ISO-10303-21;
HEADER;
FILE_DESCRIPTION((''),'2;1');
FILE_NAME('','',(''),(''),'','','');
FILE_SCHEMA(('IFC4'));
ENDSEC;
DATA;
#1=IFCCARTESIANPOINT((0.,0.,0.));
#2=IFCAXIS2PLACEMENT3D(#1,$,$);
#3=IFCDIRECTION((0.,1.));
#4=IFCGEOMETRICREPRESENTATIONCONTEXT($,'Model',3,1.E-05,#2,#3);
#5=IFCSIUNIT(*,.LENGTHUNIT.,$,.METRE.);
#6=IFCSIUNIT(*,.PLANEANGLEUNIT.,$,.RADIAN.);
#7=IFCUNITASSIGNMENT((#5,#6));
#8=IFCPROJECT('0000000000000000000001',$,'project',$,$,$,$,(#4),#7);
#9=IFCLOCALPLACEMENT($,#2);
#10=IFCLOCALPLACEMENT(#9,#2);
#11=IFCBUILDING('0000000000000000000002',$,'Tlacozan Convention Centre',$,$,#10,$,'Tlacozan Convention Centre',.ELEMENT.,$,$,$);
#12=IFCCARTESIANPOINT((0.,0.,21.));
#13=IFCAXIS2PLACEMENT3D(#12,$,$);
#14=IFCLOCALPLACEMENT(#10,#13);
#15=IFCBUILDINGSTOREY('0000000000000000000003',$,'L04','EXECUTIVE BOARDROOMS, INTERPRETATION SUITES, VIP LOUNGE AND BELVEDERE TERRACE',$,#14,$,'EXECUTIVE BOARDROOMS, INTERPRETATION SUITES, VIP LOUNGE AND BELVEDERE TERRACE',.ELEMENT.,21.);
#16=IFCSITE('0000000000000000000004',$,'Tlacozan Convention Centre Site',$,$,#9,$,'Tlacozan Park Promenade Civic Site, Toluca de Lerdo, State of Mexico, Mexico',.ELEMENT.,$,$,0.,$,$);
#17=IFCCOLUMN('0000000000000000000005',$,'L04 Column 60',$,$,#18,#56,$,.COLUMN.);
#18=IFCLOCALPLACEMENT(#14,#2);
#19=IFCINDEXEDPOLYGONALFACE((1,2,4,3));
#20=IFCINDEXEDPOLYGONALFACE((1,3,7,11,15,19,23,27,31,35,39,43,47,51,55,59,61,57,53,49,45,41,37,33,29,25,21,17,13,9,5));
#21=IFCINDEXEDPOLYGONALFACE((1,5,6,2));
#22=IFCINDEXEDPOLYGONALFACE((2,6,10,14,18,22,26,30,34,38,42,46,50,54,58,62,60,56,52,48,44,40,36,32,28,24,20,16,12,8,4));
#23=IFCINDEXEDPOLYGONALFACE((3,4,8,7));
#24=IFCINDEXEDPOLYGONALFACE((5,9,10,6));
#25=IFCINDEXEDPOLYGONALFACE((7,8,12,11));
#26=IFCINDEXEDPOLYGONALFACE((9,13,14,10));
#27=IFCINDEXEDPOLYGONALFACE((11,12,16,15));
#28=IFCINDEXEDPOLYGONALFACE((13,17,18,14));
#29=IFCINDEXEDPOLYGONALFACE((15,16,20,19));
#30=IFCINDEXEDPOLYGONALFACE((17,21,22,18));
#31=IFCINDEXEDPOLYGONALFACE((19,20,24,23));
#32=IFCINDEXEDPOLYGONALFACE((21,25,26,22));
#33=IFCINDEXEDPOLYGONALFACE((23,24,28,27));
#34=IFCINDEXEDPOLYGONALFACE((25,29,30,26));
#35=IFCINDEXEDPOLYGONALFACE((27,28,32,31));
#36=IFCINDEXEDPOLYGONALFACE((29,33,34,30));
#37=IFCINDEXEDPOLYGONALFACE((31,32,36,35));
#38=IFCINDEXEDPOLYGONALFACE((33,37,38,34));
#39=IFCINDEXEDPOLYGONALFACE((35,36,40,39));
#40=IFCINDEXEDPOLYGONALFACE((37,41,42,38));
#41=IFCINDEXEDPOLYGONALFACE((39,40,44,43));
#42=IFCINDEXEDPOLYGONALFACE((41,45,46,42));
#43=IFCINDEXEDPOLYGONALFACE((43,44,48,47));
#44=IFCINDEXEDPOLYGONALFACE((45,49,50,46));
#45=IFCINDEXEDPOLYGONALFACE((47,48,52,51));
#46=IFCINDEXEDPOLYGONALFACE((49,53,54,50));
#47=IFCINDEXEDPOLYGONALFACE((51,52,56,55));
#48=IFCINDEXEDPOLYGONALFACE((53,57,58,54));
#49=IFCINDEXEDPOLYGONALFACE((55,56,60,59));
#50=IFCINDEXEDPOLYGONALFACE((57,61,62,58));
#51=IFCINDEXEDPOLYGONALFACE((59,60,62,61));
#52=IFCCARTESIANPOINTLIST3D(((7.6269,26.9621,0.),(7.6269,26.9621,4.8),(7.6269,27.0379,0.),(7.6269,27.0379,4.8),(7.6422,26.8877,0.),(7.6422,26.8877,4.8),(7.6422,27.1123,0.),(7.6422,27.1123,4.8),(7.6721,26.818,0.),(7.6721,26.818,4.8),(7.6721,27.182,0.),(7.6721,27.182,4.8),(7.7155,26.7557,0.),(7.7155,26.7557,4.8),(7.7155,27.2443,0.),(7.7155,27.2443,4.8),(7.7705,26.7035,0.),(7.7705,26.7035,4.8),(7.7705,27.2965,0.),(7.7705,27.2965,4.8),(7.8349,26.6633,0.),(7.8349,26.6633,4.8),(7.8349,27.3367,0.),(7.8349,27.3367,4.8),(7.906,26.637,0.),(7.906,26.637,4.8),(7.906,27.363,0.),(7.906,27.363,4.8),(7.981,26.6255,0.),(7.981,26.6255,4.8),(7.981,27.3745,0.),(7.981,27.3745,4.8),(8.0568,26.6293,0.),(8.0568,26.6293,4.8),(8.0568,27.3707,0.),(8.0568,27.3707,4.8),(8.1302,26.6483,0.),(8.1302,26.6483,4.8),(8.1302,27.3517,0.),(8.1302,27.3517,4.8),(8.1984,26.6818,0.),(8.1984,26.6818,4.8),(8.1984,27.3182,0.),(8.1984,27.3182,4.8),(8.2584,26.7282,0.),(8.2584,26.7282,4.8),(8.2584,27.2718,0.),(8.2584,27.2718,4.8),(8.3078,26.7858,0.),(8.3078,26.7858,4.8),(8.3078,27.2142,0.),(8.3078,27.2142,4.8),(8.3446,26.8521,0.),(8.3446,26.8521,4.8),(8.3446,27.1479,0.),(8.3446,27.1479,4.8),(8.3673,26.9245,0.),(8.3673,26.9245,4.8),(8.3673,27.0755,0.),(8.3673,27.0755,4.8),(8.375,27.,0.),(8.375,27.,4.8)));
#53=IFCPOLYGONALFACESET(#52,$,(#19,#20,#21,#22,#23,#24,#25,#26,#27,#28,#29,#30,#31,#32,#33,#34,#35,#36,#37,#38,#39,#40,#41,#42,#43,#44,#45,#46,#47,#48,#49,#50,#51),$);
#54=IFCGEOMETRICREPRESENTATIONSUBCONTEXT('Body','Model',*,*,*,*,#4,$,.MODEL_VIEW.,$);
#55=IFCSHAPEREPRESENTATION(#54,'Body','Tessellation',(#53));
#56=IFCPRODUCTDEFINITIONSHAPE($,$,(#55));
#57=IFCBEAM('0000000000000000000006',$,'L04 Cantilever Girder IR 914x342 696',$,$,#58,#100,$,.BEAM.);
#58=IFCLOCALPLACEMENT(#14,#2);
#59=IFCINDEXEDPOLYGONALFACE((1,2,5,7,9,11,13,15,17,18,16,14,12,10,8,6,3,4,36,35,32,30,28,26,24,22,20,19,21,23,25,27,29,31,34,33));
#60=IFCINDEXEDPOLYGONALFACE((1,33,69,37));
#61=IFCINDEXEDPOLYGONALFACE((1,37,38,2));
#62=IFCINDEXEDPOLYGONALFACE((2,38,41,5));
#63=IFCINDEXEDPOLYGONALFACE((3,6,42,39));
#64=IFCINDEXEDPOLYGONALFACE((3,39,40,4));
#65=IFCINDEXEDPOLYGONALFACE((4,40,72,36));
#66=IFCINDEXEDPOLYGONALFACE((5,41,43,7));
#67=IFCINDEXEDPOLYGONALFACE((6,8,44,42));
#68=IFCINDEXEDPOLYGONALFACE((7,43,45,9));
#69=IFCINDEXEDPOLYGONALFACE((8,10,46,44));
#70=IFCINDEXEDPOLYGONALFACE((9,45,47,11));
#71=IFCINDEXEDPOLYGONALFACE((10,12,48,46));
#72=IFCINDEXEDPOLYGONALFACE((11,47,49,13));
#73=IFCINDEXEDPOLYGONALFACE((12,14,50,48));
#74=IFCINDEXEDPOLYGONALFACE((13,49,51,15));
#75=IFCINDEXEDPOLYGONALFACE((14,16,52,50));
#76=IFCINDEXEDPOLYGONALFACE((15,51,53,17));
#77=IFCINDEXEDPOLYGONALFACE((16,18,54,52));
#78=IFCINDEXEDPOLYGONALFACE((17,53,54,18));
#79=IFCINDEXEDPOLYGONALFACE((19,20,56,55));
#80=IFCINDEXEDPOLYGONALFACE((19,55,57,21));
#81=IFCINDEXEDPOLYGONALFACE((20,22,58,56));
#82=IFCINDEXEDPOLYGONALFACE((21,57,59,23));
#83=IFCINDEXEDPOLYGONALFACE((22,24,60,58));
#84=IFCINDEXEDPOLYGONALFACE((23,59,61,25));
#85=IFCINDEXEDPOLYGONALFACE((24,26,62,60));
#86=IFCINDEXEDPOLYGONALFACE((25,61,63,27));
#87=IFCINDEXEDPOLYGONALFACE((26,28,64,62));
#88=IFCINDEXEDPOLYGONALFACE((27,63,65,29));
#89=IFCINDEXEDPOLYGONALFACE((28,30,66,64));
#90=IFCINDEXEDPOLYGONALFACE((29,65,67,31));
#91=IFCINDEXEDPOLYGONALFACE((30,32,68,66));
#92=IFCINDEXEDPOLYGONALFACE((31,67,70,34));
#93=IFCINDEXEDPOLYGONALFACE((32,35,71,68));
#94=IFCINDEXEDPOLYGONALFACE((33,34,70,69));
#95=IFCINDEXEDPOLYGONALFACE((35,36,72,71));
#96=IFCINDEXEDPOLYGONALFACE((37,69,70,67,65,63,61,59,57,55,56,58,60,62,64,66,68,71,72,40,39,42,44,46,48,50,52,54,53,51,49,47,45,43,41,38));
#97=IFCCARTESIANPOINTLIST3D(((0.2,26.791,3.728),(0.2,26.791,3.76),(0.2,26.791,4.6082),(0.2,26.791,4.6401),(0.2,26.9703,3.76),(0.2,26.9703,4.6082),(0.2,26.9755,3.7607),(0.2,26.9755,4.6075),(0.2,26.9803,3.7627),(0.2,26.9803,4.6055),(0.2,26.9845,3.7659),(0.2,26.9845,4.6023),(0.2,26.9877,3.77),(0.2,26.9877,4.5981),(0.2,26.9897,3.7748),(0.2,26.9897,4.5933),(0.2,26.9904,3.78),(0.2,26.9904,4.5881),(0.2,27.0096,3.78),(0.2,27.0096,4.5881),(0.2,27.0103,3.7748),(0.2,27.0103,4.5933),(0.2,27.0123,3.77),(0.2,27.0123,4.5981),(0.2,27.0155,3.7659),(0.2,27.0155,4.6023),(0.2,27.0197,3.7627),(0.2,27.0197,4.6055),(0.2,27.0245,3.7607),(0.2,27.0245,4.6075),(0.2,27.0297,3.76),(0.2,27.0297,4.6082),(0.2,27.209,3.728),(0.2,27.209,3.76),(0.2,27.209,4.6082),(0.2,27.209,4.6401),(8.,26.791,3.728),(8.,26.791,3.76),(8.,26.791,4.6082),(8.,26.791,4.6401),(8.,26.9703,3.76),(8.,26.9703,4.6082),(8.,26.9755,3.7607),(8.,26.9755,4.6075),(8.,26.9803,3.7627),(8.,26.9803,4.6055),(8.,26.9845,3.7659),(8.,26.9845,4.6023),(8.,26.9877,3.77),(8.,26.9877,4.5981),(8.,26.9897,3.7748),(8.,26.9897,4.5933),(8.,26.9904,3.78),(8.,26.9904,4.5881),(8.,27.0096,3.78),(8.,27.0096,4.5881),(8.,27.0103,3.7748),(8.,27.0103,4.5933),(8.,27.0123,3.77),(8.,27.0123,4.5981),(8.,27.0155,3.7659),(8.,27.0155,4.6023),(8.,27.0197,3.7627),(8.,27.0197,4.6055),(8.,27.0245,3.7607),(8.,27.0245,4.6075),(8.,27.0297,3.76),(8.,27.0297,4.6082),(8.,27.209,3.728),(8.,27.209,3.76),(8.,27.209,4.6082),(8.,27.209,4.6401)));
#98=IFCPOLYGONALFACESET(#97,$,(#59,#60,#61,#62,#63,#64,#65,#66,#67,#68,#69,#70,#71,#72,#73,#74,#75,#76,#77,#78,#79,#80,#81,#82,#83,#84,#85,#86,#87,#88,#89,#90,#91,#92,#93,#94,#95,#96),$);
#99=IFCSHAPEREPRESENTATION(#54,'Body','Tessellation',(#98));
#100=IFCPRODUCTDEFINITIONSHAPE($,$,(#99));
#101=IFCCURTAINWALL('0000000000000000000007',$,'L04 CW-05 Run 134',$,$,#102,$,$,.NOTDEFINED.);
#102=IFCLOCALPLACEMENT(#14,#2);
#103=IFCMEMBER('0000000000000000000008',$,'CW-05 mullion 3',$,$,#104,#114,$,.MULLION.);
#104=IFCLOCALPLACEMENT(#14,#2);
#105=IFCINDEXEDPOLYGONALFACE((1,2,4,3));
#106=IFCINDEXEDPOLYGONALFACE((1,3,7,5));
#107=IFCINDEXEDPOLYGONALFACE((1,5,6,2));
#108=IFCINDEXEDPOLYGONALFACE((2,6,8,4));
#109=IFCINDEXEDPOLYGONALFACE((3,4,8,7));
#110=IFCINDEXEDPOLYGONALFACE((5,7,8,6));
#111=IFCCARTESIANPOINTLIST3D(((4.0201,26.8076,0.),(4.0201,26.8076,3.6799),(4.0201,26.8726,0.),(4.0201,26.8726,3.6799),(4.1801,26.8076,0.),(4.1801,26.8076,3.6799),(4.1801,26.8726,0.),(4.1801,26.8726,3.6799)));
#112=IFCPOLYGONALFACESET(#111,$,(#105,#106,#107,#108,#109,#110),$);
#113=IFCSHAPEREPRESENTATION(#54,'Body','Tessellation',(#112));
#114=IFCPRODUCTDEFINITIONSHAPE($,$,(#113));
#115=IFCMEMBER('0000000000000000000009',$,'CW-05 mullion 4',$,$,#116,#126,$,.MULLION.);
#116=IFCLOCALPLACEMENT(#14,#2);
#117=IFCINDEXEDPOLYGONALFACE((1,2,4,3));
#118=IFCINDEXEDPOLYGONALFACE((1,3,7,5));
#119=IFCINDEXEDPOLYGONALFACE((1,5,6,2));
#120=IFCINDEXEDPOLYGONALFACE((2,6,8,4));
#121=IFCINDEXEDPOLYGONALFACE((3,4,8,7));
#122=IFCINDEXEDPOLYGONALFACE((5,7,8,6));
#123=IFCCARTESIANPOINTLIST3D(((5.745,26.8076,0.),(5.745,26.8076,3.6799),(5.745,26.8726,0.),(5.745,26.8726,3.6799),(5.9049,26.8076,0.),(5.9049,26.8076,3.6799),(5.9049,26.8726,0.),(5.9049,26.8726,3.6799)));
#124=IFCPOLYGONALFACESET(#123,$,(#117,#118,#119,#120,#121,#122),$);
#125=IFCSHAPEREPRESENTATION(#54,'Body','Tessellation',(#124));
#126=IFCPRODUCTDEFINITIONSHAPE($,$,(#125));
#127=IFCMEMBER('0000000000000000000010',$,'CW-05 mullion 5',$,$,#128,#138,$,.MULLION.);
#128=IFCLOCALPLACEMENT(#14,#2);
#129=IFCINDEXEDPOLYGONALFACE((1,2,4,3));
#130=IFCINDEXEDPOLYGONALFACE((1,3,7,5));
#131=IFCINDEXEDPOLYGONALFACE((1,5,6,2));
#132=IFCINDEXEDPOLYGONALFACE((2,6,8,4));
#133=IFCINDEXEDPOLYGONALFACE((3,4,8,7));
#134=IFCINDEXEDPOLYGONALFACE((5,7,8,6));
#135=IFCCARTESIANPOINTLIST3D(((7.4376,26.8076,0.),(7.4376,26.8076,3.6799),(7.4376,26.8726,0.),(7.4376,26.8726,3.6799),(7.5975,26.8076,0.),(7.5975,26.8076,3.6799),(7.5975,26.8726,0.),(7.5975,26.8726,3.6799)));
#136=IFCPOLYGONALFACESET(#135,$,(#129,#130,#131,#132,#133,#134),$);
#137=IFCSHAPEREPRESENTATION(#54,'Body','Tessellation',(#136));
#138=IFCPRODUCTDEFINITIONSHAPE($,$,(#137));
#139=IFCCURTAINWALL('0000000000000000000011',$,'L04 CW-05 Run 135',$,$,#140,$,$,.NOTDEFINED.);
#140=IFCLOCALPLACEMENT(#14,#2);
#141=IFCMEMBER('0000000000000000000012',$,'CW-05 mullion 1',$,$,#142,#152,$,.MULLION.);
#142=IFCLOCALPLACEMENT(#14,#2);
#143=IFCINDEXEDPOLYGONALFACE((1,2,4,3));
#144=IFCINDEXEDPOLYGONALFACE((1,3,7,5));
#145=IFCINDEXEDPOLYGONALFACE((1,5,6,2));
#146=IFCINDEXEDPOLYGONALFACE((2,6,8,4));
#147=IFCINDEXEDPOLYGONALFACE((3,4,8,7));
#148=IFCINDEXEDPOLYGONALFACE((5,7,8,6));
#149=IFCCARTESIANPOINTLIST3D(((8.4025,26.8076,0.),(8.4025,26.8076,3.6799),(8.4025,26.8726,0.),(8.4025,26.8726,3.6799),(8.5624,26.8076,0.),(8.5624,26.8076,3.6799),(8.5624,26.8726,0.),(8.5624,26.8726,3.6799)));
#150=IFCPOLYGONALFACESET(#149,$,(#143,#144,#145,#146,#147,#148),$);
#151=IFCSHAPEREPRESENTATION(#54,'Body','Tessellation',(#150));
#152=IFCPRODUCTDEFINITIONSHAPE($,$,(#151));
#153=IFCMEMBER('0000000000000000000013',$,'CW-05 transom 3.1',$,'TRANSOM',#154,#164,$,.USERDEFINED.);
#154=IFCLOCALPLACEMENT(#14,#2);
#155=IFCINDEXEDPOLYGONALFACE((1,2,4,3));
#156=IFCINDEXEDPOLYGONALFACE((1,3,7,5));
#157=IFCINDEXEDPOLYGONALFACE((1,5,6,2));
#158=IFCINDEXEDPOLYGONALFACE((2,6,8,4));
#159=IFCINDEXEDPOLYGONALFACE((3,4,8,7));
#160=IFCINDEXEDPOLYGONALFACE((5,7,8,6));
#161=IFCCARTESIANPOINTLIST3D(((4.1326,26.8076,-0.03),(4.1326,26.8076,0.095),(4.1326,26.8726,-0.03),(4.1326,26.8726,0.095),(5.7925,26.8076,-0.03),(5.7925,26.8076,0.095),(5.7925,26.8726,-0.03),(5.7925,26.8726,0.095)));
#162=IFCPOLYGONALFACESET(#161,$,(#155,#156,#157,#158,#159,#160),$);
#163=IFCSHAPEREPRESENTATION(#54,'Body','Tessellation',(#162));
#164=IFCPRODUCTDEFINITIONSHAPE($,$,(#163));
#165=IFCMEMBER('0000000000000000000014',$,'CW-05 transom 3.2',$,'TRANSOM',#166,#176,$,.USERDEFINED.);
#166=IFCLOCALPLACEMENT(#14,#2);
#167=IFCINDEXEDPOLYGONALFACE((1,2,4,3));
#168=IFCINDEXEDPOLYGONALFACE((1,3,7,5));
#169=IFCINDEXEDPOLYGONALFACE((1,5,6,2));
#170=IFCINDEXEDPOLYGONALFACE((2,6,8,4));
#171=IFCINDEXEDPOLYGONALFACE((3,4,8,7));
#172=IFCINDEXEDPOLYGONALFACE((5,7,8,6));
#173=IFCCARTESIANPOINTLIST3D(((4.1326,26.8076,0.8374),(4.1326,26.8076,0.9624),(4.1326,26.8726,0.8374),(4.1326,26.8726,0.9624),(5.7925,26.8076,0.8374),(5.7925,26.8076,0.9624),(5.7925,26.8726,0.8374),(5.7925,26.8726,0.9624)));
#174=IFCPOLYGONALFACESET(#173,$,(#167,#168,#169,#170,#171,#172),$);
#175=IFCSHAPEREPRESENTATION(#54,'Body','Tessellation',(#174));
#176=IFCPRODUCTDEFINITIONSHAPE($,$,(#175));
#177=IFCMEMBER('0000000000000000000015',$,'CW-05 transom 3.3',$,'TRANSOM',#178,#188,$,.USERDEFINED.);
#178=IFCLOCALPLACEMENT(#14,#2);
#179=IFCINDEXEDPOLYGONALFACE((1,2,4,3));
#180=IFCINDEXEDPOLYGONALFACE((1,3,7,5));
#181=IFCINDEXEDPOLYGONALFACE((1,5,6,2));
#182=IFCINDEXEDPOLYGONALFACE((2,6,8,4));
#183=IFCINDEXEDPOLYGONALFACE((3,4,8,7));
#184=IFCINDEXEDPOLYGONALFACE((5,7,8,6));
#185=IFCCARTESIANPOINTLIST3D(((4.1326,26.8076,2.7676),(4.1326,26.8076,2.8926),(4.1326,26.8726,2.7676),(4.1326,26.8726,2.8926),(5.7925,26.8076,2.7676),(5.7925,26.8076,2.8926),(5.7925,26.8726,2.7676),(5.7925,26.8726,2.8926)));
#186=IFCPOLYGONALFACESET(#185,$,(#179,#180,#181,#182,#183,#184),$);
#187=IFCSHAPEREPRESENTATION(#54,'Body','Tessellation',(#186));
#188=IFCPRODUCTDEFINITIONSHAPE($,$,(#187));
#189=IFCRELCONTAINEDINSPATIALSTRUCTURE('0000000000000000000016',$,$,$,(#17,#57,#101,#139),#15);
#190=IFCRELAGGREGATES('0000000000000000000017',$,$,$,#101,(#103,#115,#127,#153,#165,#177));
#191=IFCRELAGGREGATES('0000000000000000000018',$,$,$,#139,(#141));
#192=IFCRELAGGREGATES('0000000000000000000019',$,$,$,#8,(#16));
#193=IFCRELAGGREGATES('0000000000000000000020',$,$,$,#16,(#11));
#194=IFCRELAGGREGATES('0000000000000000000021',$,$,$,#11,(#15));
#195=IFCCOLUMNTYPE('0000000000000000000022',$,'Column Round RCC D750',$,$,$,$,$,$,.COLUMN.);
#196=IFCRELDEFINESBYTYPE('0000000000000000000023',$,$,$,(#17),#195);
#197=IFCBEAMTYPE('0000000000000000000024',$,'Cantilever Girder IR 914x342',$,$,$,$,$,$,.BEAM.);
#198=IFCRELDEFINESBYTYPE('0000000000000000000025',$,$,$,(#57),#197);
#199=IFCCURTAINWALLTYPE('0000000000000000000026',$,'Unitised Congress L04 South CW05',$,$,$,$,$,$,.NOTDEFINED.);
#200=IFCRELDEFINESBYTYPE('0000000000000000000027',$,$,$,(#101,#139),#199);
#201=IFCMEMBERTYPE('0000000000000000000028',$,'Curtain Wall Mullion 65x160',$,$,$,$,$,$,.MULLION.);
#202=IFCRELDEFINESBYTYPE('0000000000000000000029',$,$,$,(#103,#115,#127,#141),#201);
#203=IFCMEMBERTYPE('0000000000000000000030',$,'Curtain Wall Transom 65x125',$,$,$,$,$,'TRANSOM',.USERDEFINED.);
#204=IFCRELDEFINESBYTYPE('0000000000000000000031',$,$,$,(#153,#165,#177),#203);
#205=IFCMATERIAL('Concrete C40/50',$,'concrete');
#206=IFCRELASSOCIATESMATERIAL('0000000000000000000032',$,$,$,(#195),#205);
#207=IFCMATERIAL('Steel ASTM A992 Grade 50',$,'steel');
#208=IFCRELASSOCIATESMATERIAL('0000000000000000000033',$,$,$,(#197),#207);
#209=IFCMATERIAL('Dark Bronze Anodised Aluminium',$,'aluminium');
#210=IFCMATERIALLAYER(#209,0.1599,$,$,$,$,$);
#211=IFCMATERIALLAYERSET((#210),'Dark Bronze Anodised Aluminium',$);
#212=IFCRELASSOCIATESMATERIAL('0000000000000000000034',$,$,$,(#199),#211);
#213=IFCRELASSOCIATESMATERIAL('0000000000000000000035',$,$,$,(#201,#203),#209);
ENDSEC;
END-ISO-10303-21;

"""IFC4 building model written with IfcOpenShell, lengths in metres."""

from ifc_helpers import new_model, si_unit, direction, frame, origin, origin_2d, place, context, subcontext, project, spatial, rectangle, circle, i_section, extrude, material, layer, layer_set, material_profile, profile_set, type_object, element, aggregate, save


model = new_model("IFC4")

# Units and contexts
model_context = context("Model", 3, precision=1e-05, world=origin(), true_north=direction((0.0, 1.0)))
body_context = subcontext(model_context, "Body", "Model", "MODEL_VIEW")
ifc_project = project(units=[si_unit("LENGTHUNIT", "METRE"), si_unit("PLANEANGLEUNIT", "RADIAN")], contexts=[model_context])

# Site, building, storey
site_placement = place(None, origin())
site = spatial("IfcSite", under=ifc_project, at=site_placement, Name="Tlacozan Convention Centre Site", LongName="Tlacozan Park Promenade Civic Site, Toluca de Lerdo, State of Mexico, Mexico", CompositionType="ELEMENT", RefElevation=0.0)
building_placement = place(site_placement, origin())
building = spatial("IfcBuilding", under=site, at=building_placement, Name="Tlacozan Convention Centre", LongName="Tlacozan Convention Centre", CompositionType="ELEMENT")
storey_placement = place(building_placement, frame((0.0, 0.0, 21.0)))
storey = spatial("IfcBuildingStorey", under=building, at=storey_placement, Name="L04", Description="EXECUTIVE BOARDROOMS, INTERPRETATION SUITES, VIP LOUNGE AND BELVEDERE TERRACE", LongName="EXECUTIVE BOARDROOMS, INTERPRETATION SUITES, VIP LOUNGE AND BELVEDERE TERRACE", CompositionType="ELEMENT", Elevation=21.0)

# Column
ifc_material_1 = material(Name="Concrete C40/50", Category="concrete")
ifc_material_profile_1 = material_profile(ifc_material_1, circle(Radius=0.375, at=origin_2d()), Name="RCC D750")
ifc_profile_set_1 = profile_set([ifc_material_profile_1], Name="Concrete C40/50")
column_type = type_object("IfcColumnType", Name="Column Round RCC D750", PredefinedType="COLUMN", material=ifc_profile_set_1)
column_placement = place(storey_placement, frame((8.0, 27.0, 0.0), z_axis=(0.0, 0.0, 1.0), x_axis=(1.0, 0.0, 0.0)))
element("IfcColumn", 1, at=column_placement, inside=storey, type_object=column_type, Name="L04 Column 60", PredefinedType="COLUMN", context=body_context, shape_type="SweptSolid", body=[
    extrude(circle(Radius=0.375, at=origin_2d()), origin(), (0.0, 0.0, 1.0), 4.8),
])

# Beam
ifc_material_2 = material(Name="Steel ASTM A992 Grade 50", Category="steel")
ifc_material_profile_2 = material_profile(ifc_material_2, i_section(OverallWidth=0.418, OverallDepth=0.9121, WebThickness=0.0193, FlangeThickness=0.032, FilletRadius=0.02, at=origin_2d()), Name="IR 914x342.0")
ifc_profile_set_2 = profile_set([ifc_material_profile_2], Name="Steel ASTM A992 Grade 50")
beam_type = type_object("IfcBeamType", Name="Cantilever Girder IR 914x342", PredefinedType="BEAM", material=ifc_profile_set_2)
beam_placement = place(storey_placement, frame((8.0, 27.0, 4.1841), z_axis=(-1.0, 0.0, 0.0), x_axis=(0.0, -1.0, 0.0)))
element("IfcBeam", 2, at=beam_placement, inside=storey, type_object=beam_type, Name="L04 Cantilever Girder IR 914x342 696", PredefinedType="BEAM", context=body_context, shape_type="SweptSolid", body=[
    extrude(i_section(OverallWidth=0.418, OverallDepth=0.9121, WebThickness=0.0193, FlangeThickness=0.032, FilletRadius=0.02, at=origin_2d()), origin(), (0.0, 0.0, 1.0), 7.8),
])

# Curtain wall, members
ifc_material_3 = material(Name="Dark Bronze Anodised Aluminium", Category="aluminium")
ifc_layer_1 = layer(ifc_material_3, 0.1599)
ifc_layer_set_1 = layer_set([ifc_layer_1], Name="Dark Bronze Anodised Aluminium")
curtain_wall_type = type_object("IfcCurtainWallType", Name="Unitised Congress L04 South CW05", PredefinedType="NOTDEFINED", material=ifc_layer_set_1)
curtain_wall_1_placement = place(storey_placement, origin())
curtain_wall_1 = element("IfcCurtainWall", 3, at=curtain_wall_1_placement, inside=storey, type_object=curtain_wall_type, Name="L04 CW-05 Run 134", PredefinedType="NOTDEFINED")
ifc_material_profile_3 = material_profile(ifc_material_3, rectangle(XDim=0.0649, YDim=0.1599, at=origin_2d()), Name="ALU 65x160")
ifc_profile_set_3 = profile_set([ifc_material_profile_3], Name="Dark Bronze Anodised Aluminium")
member_type_1 = type_object("IfcMemberType", Name="Curtain Wall Mullion 65x160", PredefinedType="MULLION", material=ifc_profile_set_3)
member_1_placement = place(storey_placement, frame((4.1001, 26.8401, 0.0), z_axis=(0.0, 0.0, 1.0), x_axis=(0.0, 1.0, 0.0)))
member_1 = element("IfcMember", 4, at=member_1_placement, type_object=member_type_1, Name="CW-05 mullion 3", PredefinedType="MULLION", context=body_context, shape_type="SweptSolid", body=[
    extrude(rectangle(XDim=0.0649, YDim=0.1599, at=origin_2d()), origin(), (0.0, 0.0, 1.0), 3.6799),
])
member_2_placement = place(storey_placement, frame((5.825, 26.8401, 0.0), z_axis=(0.0, 0.0, 1.0), x_axis=(0.0, 1.0, 0.0)))
member_2 = element("IfcMember", 5, at=member_2_placement, type_object=member_type_1, Name="CW-05 mullion 4", PredefinedType="MULLION", context=body_context, shape_type="SweptSolid", body=[
    extrude(rectangle(XDim=0.0649, YDim=0.1599, at=origin_2d()), origin(), (0.0, 0.0, 1.0), 3.6799),
])
member_3_placement = place(storey_placement, frame((7.5176, 26.8401, 0.0), z_axis=(0.0, 0.0, 1.0), x_axis=(0.0, 1.0, 0.0)))
member_3 = element("IfcMember", 6, at=member_3_placement, type_object=member_type_1, Name="CW-05 mullion 5", PredefinedType="MULLION", context=body_context, shape_type="SweptSolid", body=[
    extrude(rectangle(XDim=0.0649, YDim=0.1599, at=origin_2d()), origin(), (0.0, 0.0, 1.0), 3.6799),
])

# Curtain wall, member
curtain_wall_2_placement = place(storey_placement, origin())
curtain_wall_2 = element("IfcCurtainWall", 7, at=curtain_wall_2_placement, inside=storey, type_object=curtain_wall_type, Name="L04 CW-05 Run 135", PredefinedType="NOTDEFINED")
member_4_placement = place(storey_placement, frame((8.4824, 26.8401, 0.0), z_axis=(0.0, 0.0, 1.0), x_axis=(0.0, 1.0, 0.0)))
member_4 = element("IfcMember", 8, at=member_4_placement, type_object=member_type_1, Name="CW-05 mullion 1", PredefinedType="MULLION", context=body_context, shape_type="SweptSolid", body=[
    extrude(rectangle(XDim=0.0649, YDim=0.1599, at=origin_2d()), origin(), (0.0, 0.0, 1.0), 3.6799),
])

# Members
ifc_material_profile_4 = material_profile(ifc_material_3, rectangle(XDim=0.0649, YDim=0.125, at=origin_2d()), Name="ALU 65x125")
ifc_profile_set_4 = profile_set([ifc_material_profile_4], Name="Dark Bronze Anodised Aluminium")
member_type_2 = type_object("IfcMemberType", Name="Curtain Wall Transom 65x125", ElementType="TRANSOM", PredefinedType="USERDEFINED", material=ifc_profile_set_4)
member_5_placement = place(storey_placement, frame((4.1326, 26.8401, 0.0325), z_axis=(1.0, 0.0, 0.0), x_axis=(0.0, 1.0, 0.0)))
member_5 = element("IfcMember", 9, at=member_5_placement, type_object=member_type_2, Name="CW-05 transom 3.1", ObjectType="TRANSOM", PredefinedType="USERDEFINED", context=body_context, shape_type="SweptSolid", body=[
    extrude(rectangle(XDim=0.0649, YDim=0.125, at=origin_2d()), origin(), (0.0, 0.0, 1.0), 1.6599),
])
member_6_placement = place(storey_placement, frame((4.1326, 26.8401, 0.8999), z_axis=(1.0, 0.0, 0.0), x_axis=(0.0, 1.0, 0.0)))
member_6 = element("IfcMember", 10, at=member_6_placement, type_object=member_type_2, Name="CW-05 transom 3.2", ObjectType="TRANSOM", PredefinedType="USERDEFINED", context=body_context, shape_type="SweptSolid", body=[
    extrude(rectangle(XDim=0.0649, YDim=0.125, at=origin_2d()), origin(), (0.0, 0.0, 1.0), 1.6599),
])
member_7_placement = place(storey_placement, frame((4.1326, 26.8401, 2.8301), z_axis=(1.0, 0.0, 0.0), x_axis=(0.0, 1.0, 0.0)))
member_7 = element("IfcMember", 11, at=member_7_placement, type_object=member_type_2, Name="CW-05 transom 3.3", ObjectType="TRANSOM", PredefinedType="USERDEFINED", context=body_context, shape_type="SweptSolid", body=[
    extrude(rectangle(XDim=0.0649, YDim=0.125, at=origin_2d()), origin(), (0.0, 0.0, 1.0), 1.6599),
])

aggregate(curtain_wall_1, [member_1, member_2, member_3, member_5, member_6, member_7])
aggregate(curtain_wall_2, [member_4])

save(model, "model.ifc")
